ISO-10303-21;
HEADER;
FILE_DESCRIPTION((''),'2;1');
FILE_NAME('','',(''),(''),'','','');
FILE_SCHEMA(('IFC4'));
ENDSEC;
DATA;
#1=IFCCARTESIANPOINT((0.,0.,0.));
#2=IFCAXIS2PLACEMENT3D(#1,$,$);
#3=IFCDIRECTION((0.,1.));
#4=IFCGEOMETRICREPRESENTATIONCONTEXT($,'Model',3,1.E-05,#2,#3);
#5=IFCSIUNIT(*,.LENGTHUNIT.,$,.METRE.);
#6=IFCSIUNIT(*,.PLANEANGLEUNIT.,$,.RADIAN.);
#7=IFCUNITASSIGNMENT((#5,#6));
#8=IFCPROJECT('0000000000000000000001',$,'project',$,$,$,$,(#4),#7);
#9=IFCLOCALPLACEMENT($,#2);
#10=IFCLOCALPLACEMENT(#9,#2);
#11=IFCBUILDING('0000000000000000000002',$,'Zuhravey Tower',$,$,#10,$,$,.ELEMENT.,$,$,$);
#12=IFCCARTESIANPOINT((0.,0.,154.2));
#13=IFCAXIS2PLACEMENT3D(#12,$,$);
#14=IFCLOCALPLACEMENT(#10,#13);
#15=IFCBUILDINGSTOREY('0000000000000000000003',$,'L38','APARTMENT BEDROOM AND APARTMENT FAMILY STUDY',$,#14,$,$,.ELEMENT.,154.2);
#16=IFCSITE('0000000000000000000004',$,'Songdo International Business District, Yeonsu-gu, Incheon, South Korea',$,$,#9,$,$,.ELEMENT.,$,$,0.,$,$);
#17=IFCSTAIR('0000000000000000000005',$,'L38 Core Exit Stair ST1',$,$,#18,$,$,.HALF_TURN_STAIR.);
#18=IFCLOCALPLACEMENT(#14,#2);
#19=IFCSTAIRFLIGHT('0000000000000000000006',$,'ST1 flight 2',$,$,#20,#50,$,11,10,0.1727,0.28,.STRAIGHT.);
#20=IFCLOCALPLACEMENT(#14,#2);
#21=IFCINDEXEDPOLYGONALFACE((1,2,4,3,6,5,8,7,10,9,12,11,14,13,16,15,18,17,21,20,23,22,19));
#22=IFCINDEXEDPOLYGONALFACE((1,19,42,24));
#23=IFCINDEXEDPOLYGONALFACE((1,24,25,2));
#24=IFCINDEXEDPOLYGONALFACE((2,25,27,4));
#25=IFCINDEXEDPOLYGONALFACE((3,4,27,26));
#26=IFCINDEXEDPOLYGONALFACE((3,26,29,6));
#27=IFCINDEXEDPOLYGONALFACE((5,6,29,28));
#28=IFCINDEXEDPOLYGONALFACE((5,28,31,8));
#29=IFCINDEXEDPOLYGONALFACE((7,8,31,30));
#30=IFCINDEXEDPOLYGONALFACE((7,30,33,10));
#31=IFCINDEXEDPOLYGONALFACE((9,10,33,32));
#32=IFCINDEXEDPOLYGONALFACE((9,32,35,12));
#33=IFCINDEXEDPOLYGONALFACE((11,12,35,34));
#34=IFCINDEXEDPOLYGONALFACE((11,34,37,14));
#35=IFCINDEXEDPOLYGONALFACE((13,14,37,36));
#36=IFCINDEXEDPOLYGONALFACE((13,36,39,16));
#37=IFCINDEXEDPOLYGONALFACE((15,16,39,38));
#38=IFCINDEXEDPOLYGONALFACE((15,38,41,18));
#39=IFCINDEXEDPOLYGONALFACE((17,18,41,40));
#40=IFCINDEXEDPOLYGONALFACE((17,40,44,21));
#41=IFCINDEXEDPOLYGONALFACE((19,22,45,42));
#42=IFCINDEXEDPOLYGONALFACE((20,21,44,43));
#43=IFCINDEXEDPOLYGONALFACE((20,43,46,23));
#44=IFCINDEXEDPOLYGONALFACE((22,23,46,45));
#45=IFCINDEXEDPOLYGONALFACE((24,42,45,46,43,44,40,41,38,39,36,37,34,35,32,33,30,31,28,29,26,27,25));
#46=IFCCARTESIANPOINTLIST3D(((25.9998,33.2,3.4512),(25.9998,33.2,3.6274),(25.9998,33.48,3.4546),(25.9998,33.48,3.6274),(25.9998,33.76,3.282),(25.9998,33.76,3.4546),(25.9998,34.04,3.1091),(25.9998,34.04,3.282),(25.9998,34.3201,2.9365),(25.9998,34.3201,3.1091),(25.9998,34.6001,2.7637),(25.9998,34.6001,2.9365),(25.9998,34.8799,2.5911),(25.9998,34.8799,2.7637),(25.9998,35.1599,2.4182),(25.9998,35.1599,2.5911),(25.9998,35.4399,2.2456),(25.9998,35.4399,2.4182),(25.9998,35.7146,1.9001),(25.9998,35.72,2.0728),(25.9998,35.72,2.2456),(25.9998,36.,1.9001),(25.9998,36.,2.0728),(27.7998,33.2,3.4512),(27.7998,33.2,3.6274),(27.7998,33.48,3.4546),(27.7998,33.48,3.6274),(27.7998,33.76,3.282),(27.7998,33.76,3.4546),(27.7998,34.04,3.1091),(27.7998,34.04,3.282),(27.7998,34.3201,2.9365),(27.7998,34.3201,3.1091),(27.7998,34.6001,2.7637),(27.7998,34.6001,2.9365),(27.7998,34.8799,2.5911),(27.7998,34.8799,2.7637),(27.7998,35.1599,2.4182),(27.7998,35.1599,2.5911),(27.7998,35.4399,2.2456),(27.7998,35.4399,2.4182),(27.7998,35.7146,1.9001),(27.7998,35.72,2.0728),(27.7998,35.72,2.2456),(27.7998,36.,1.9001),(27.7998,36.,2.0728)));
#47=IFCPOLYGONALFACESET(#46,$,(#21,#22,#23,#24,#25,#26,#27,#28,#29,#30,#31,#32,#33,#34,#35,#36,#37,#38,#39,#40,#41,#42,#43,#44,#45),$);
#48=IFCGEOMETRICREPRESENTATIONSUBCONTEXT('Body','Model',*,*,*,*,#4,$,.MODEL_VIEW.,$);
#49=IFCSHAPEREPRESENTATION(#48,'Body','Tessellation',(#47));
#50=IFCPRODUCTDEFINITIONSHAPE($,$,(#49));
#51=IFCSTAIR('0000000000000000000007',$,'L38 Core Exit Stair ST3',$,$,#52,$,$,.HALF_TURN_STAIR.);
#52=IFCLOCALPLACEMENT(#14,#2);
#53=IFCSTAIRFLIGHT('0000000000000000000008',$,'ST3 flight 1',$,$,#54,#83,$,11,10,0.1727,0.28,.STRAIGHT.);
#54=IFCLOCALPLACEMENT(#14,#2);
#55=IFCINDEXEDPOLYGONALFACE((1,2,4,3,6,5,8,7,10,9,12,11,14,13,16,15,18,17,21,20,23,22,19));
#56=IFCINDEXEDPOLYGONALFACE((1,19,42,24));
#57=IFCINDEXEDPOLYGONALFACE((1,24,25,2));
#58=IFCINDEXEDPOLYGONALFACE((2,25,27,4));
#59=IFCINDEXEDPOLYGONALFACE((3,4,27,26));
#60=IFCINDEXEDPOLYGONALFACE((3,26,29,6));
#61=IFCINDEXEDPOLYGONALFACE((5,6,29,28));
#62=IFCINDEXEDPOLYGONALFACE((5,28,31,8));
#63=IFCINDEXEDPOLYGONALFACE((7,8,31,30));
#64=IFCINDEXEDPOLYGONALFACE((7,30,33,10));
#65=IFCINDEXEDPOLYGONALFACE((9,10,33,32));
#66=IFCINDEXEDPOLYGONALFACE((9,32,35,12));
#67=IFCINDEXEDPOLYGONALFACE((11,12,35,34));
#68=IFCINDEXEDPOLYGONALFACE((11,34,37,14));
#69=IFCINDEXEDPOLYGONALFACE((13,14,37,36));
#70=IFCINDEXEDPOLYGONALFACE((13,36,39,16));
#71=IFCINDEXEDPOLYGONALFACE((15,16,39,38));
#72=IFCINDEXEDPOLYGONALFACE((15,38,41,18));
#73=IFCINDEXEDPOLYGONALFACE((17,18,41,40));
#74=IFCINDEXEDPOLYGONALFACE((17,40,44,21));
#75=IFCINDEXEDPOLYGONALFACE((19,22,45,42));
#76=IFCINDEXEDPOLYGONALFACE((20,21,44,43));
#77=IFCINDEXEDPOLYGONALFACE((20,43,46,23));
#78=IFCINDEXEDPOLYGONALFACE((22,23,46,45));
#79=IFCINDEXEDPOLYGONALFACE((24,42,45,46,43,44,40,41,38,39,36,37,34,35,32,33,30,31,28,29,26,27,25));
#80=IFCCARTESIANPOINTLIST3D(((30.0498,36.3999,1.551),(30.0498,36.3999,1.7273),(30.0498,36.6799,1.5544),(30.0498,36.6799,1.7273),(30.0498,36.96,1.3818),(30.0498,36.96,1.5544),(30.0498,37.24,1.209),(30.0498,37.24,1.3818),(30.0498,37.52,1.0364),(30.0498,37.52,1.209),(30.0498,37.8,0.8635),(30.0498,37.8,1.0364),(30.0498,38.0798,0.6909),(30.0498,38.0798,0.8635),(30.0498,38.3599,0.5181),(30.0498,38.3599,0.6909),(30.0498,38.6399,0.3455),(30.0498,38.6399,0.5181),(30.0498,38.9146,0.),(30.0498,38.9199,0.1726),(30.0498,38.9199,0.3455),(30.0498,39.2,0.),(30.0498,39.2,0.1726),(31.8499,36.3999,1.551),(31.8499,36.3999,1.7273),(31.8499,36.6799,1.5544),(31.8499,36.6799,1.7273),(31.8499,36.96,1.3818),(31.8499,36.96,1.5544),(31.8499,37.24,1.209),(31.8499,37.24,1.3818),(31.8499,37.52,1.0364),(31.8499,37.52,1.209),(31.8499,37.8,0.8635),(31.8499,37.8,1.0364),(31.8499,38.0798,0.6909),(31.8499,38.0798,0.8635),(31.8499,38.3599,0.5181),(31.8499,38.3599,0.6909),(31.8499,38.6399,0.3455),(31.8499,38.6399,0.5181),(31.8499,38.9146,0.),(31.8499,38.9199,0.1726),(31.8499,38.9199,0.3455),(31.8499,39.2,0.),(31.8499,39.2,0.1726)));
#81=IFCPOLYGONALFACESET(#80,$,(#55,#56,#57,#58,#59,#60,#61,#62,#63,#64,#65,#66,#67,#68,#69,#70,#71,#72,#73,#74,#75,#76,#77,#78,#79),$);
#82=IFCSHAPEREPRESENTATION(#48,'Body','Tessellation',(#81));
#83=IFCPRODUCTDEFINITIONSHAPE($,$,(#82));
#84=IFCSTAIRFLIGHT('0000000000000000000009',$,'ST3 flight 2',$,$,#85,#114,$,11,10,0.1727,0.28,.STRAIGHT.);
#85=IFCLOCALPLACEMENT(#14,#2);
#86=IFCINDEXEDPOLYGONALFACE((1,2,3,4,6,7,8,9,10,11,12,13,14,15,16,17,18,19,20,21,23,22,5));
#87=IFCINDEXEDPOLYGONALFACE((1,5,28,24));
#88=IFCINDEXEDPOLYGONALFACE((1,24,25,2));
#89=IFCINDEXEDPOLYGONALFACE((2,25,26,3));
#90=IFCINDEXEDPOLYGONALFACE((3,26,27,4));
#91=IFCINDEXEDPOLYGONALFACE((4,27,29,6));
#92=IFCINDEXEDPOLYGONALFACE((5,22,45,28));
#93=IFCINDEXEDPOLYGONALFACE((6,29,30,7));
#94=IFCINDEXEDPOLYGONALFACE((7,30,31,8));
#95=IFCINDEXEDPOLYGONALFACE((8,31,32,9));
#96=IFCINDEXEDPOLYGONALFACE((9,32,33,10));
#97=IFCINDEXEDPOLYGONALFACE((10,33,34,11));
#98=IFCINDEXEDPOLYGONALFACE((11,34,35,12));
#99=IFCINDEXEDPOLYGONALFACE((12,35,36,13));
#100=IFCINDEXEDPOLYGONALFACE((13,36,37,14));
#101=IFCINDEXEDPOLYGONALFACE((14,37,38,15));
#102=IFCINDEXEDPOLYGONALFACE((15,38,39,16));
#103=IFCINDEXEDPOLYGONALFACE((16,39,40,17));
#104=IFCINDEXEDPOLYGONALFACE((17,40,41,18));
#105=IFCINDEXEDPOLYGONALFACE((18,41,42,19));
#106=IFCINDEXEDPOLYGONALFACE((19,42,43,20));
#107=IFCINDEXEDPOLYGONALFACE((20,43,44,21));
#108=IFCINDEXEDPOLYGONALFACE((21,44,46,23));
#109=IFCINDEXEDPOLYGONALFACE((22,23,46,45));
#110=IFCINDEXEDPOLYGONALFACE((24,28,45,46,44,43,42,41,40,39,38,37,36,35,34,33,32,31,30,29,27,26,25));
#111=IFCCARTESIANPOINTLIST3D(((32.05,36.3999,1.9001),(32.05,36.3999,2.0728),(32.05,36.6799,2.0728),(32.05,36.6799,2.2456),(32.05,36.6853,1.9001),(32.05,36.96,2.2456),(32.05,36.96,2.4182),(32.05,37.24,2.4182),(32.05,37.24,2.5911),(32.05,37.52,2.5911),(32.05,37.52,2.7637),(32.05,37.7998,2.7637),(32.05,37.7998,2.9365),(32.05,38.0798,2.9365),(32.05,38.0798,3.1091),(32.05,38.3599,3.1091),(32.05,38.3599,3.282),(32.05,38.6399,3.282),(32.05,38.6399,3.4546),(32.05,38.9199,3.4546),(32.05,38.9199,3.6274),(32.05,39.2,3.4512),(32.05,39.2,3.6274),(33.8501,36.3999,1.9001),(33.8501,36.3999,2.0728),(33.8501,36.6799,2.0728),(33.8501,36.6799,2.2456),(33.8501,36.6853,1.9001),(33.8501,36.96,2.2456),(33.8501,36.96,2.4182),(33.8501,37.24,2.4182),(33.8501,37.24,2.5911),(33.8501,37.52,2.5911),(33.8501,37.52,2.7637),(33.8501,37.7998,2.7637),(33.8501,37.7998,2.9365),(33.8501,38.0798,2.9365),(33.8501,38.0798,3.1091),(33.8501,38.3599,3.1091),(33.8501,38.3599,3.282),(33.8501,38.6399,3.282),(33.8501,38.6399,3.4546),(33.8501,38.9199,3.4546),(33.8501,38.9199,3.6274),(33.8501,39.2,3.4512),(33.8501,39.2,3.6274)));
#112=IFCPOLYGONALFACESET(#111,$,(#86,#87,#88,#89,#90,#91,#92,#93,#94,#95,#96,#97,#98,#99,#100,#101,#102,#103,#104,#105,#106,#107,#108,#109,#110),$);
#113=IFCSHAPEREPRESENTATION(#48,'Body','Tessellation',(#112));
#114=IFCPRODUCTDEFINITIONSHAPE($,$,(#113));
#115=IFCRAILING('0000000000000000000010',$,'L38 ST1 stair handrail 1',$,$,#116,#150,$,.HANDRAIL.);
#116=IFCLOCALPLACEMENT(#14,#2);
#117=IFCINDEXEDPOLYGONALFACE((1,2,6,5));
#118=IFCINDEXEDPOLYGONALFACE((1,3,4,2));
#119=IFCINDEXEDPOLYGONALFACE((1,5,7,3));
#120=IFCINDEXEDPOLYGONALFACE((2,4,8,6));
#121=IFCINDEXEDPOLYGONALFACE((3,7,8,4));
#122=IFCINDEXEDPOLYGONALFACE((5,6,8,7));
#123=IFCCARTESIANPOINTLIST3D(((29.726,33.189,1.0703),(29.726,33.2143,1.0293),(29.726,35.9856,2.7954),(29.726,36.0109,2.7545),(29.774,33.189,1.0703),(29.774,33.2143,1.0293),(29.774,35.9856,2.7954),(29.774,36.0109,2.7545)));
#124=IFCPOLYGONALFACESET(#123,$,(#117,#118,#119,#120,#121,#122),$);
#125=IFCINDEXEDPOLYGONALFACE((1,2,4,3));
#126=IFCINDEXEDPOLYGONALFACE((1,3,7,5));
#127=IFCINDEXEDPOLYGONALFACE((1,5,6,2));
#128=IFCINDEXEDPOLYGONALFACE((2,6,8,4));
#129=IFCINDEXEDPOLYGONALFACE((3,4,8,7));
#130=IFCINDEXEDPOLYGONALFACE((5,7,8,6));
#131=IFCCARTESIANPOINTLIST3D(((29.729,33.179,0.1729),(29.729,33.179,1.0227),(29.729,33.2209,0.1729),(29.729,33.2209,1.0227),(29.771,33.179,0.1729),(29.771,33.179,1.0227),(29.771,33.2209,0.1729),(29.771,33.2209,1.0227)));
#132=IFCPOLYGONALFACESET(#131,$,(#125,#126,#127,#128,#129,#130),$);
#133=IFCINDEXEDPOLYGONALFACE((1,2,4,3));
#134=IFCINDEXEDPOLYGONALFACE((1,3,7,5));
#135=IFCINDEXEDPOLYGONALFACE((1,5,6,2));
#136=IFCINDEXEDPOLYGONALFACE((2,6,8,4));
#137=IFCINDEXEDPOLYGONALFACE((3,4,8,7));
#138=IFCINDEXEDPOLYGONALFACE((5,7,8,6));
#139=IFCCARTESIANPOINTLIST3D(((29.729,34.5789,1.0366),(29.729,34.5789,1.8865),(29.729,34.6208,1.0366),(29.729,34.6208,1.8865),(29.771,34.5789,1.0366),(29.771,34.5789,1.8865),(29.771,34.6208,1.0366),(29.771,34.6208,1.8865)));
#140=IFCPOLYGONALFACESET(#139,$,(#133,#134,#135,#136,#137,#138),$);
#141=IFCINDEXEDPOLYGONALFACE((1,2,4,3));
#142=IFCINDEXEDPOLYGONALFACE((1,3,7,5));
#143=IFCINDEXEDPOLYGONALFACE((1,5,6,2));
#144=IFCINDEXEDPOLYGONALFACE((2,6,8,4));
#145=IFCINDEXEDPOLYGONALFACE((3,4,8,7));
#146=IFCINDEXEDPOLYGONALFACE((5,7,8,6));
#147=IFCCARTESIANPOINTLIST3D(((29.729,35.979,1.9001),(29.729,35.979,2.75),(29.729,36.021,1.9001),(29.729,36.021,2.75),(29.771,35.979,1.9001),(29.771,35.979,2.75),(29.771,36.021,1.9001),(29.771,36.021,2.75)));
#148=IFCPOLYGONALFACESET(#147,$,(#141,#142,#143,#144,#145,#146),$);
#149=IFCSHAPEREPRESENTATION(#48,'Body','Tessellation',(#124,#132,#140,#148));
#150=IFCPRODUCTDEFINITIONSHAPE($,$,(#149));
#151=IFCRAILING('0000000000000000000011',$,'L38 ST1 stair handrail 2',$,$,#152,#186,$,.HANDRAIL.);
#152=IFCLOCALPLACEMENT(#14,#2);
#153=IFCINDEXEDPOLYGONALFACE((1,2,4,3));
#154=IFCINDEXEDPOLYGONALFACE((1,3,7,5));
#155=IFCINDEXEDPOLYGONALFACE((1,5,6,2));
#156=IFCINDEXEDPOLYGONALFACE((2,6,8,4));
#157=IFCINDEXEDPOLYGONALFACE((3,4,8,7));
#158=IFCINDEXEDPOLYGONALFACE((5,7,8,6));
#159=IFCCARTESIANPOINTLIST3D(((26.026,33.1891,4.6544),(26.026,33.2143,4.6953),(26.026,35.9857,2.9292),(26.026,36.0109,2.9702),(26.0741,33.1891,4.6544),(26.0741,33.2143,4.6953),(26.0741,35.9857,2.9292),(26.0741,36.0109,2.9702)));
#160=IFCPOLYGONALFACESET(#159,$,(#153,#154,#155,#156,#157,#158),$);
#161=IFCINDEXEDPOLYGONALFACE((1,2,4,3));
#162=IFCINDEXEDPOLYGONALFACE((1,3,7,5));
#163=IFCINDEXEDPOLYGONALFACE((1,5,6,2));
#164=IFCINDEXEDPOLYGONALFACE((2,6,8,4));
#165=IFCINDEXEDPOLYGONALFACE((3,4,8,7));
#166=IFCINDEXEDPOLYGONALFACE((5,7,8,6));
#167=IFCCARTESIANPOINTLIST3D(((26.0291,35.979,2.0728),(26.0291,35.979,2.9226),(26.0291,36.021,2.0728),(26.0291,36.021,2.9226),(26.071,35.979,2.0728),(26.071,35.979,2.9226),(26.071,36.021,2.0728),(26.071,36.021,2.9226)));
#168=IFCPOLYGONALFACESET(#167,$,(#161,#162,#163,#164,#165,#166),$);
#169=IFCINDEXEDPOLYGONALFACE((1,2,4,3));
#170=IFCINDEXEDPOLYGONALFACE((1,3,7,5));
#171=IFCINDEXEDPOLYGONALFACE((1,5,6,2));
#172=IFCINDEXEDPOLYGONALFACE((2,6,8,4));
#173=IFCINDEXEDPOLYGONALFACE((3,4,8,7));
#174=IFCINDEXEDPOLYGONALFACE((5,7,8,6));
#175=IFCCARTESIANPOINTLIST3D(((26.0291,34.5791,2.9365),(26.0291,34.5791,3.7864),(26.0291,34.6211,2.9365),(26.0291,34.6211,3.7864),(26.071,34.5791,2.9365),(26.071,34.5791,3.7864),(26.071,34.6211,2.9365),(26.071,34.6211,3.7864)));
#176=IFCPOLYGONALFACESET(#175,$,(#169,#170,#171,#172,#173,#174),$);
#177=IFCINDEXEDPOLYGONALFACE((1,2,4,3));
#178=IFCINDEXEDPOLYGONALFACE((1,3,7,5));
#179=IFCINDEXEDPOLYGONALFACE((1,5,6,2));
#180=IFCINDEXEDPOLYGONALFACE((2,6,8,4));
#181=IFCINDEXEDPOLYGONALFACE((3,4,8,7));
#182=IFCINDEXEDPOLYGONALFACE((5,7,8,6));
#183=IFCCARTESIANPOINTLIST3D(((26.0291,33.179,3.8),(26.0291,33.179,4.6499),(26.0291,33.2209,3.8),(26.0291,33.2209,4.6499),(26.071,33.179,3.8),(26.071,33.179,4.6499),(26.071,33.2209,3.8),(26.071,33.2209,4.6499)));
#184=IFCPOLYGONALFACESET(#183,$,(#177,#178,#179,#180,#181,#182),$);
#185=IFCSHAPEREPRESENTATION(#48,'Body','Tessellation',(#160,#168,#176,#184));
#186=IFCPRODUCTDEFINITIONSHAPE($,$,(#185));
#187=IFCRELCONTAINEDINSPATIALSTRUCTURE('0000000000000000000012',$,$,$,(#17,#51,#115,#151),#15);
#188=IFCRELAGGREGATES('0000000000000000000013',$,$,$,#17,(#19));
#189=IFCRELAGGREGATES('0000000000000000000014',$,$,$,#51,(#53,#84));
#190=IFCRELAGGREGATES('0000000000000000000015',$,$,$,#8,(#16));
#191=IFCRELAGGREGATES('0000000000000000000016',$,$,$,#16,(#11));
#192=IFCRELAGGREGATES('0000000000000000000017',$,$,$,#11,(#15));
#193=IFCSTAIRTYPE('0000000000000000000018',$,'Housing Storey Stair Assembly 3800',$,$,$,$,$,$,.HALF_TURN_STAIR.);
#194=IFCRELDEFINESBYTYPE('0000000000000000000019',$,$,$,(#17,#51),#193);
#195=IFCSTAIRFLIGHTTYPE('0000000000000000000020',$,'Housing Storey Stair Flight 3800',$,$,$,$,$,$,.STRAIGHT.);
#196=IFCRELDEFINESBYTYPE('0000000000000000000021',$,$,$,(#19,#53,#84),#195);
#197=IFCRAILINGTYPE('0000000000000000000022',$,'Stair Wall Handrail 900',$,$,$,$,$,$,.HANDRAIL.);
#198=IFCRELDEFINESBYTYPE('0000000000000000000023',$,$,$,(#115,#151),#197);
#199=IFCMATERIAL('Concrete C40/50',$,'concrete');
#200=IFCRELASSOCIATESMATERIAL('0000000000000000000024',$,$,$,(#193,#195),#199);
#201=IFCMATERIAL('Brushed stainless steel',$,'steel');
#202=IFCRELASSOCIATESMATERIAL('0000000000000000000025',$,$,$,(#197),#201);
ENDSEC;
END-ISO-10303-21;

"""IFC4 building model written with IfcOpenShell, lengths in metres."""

from ifc_helpers import new_model, si_unit, direction, frame, origin, origin_2d, place, context, subcontext, project, spatial, polyline, rectangle, outline, extrude, material, type_object, element, aggregate, save


model = new_model("IFC4")

# Units and contexts
model_context = context("Model", 3, precision=1e-05, world=origin(), true_north=direction((0.0, 1.0)))
body_context = subcontext(model_context, "Body", "Model", "MODEL_VIEW")
ifc_project = project(units=[si_unit("LENGTHUNIT", "METRE"), si_unit("PLANEANGLEUNIT", "RADIAN")], contexts=[model_context])

# Site, building, storey
site_placement = place(None, origin())
site = spatial("IfcSite", under=ifc_project, at=site_placement, Name="Songdo International Business District, Yeonsu-gu, Incheon, South Korea", CompositionType="ELEMENT", RefElevation=0.0)
building_placement = place(site_placement, origin())
building = spatial("IfcBuilding", under=site, at=building_placement, Name="Zuhravey Tower", CompositionType="ELEMENT")
storey_placement = place(building_placement, frame((0.0, 0.0, 154.2)))
storey = spatial("IfcBuildingStorey", under=building, at=storey_placement, Name="L38", Description="APARTMENT BEDROOM AND APARTMENT FAMILY STUDY", CompositionType="ELEMENT", Elevation=154.2)

# Stair, stair flight
ifc_material_1 = material(Name="Concrete C40/50", Category="concrete")
stair_type = type_object("IfcStairType", Name="Housing Storey Stair Assembly 3800", PredefinedType="HALF_TURN_STAIR", material=ifc_material_1)
stair_1_placement = place(storey_placement, origin())
stair_1 = element("IfcStair", 1, at=stair_1_placement, inside=storey, type_object=stair_type, Name="L38 Core Exit Stair ST1", PredefinedType="HALF_TURN_STAIR")
stair_flight_type = type_object("IfcStairFlightType", Name="Housing Storey Stair Flight 3800", PredefinedType="STRAIGHT", material=ifc_material_1)
stair_flight_1_placement = place(storey_placement, frame((26.8999, 36.0, 1.9001), z_axis=(0.0, 0.0, 1.0), x_axis=(0.0, -1.0, 0.0)))
stair_flight_1 = element("IfcStairFlight", 2, at=stair_flight_1_placement, type_object=stair_flight_type, Name="ST1 flight 2", NumberOfRisers=11, NumberOfTreads=10, PredefinedType="STRAIGHT", RiserHeight=0.1727, TreadLength=0.28, context=body_context, shape_type="SweptSolid", body=[
    extrude(outline(polyline([(0.0, 0.0), (0.0, 0.1726), (0.28, 0.1726), (0.28, 0.3455), (0.5601, 0.3455), (0.5601, 0.5181), (0.8401, 0.5181), (0.8401, 0.6909), (1.1201, 0.6909), (1.1201, 0.8635), (1.3999, 0.8635), (1.3999, 1.0364), (1.6799, 1.0364), (1.6799, 1.209), (1.96, 1.209), (1.96, 1.3818), (2.24, 1.3818), (2.24, 1.5544), (2.52, 1.5544), (2.52, 1.7273), (2.8, 1.7273), (2.8, 1.8999), (2.8, 1.551), (0.2854, 0.0), (0.0, 0.0)])), frame((0.0, 0.8999, 0.0), z_axis=(0.0, -1.0, 0.0), x_axis=(1.0, 0.0, 0.0)), (0.0, 0.0, 1.0), 1.8),
])
aggregate(stair_1, [stair_flight_1])

# Stair, stair flights
stair_2_placement = place(storey_placement, origin())
stair_2 = element("IfcStair", 3, at=stair_2_placement, inside=storey, type_object=stair_type, Name="L38 Core Exit Stair ST3", PredefinedType="HALF_TURN_STAIR")
stair_flight_2_placement = place(storey_placement, frame((30.95, 39.2, 0.0), z_axis=(0.0, 0.0, 1.0), x_axis=(0.0, -1.0, 0.0)))
stair_flight_2 = element("IfcStairFlight", 4, at=stair_flight_2_placement, type_object=stair_flight_type, Name="ST3 flight 1", NumberOfRisers=11, NumberOfTreads=10, PredefinedType="STRAIGHT", RiserHeight=0.1727, TreadLength=0.28, context=body_context, shape_type="SweptSolid", body=[
    extrude(outline(polyline([(0.0, 0.0), (0.0, 0.1726), (0.28, 0.1726), (0.28, 0.3455), (0.5601, 0.3455), (0.5601, 0.5181), (0.8401, 0.5181), (0.8401, 0.6909), (1.1201, 0.6909), (1.1201, 0.8635), (1.3999, 0.8635), (1.3999, 1.0364), (1.6799, 1.0364), (1.6799, 1.209), (1.96, 1.209), (1.96, 1.3818), (2.24, 1.3818), (2.24, 1.5544), (2.52, 1.5544), (2.52, 1.7273), (2.8, 1.7273), (2.8, 1.8999), (2.8, 1.551), (0.2854, 0.0), (0.0, 0.0)])), frame((0.0, 0.8999, 0.0), z_axis=(0.0, -1.0, 0.0), x_axis=(1.0, 0.0, 0.0)), (0.0, 0.0, 1.0), 1.8),
])
stair_flight_3_placement = place(storey_placement, frame((32.95, 36.3999, 1.9001), z_axis=(0.0, 0.0, 1.0), x_axis=(0.0, 1.0, 0.0)))
stair_flight_3 = element("IfcStairFlight", 5, at=stair_flight_3_placement, type_object=stair_flight_type, Name="ST3 flight 2", NumberOfRisers=11, NumberOfTreads=10, PredefinedType="STRAIGHT", RiserHeight=0.1727, TreadLength=0.28, context=body_context, shape_type="SweptSolid", body=[
    extrude(outline(polyline([(0.0, 0.0), (0.0, 0.1726), (0.28, 0.1726), (0.28, 0.3455), (0.5601, 0.3455), (0.5601, 0.5181), (0.8401, 0.5181), (0.8401, 0.6909), (1.1201, 0.6909), (1.1201, 0.8635), (1.3999, 0.8635), (1.3999, 1.0364), (1.6799, 1.0364), (1.6799, 1.209), (1.96, 1.209), (1.96, 1.3818), (2.24, 1.3818), (2.24, 1.5544), (2.52, 1.5544), (2.52, 1.7273), (2.8, 1.7273), (2.8, 1.8999), (2.8, 1.551), (0.2854, 0.0), (0.0, 0.0)])), frame((0.0, 0.8999, 0.0), z_axis=(0.0, -1.0, 0.0), x_axis=(1.0, 0.0, 0.0)), (0.0, 0.0, 1.0), 1.8),
])
aggregate(stair_2, [stair_flight_2, stair_flight_3])

# Railings
ifc_material_2 = material(Name="Brushed stainless steel", Category="steel")
railing_type_1 = type_object("IfcRailingType", Name="Stair Wall Handrail 900", PredefinedType="HANDRAIL", material=ifc_material_2)
railing_1_placement = place(storey_placement, frame((29.75, 33.2, 0.1729)))
element("IfcRailing", 6, at=railing_1_placement, inside=storey, type_object=railing_type_1, Name="L38 ST1 stair handrail 1", PredefinedType="HANDRAIL", context=body_context, shape_type="SweptSolid", body=[
    extrude(rectangle(XDim=0.0481, YDim=0.0481, at=origin_2d()), frame((0.0, 0.0017, 0.877), z_axis=(0.0, 0.85109, 0.52502), x_axis=(-1.0, 0.0, 0.0)), (0.0, 0.0, 1.0), 3.2859),
    extrude(rectangle(XDim=0.042, YDim=0.042, at=origin_2d()), origin(), (0.0, 0.0, 1.0), 0.8499),
    extrude(rectangle(XDim=0.042, YDim=0.042, at=origin_2d()), frame((0.0, 1.3999, 0.8638)), (0.0, 0.0, 1.0), 0.8499),
    extrude(rectangle(XDim=0.042, YDim=0.042, at=origin_2d()), frame((0.0, 2.8, 1.7273)), (0.0, 0.0, 1.0), 0.8499),
])
for number, where, name in (
    (7, (26.05, 36.0, 2.0728), "L38 ST1 stair handrail 2"),
):
    element("IfcRailing", number, at=place(storey_placement, frame(where)), inside=storey, type_object=railing_type_1, Name=name, PredefinedType="HANDRAIL", context=body_context, shape_type="SweptSolid", body=[
        extrude(rectangle(XDim=0.0481, YDim=0.0481, at=origin_2d()), frame((0.0, -0.0017, 0.877), z_axis=(0.0, -0.85109, 0.52502), x_axis=(1.0, 0.0, 0.0)), (0.0, 0.0, 1.0), 3.2859),
        extrude(rectangle(XDim=0.042, YDim=0.042, at=origin_2d()), origin(), (0.0, 0.0, 1.0), 0.8499),
        extrude(rectangle(XDim=0.042, YDim=0.042, at=origin_2d()), frame((0.0, -1.3999, 0.8638)), (0.0, 0.0, 1.0), 0.8499),
        extrude(rectangle(XDim=0.042, YDim=0.042, at=origin_2d()), frame((0.0, -2.8, 1.7273)), (0.0, 0.0, 1.0), 0.8499),
    ])

save(model, "model.ifc")
